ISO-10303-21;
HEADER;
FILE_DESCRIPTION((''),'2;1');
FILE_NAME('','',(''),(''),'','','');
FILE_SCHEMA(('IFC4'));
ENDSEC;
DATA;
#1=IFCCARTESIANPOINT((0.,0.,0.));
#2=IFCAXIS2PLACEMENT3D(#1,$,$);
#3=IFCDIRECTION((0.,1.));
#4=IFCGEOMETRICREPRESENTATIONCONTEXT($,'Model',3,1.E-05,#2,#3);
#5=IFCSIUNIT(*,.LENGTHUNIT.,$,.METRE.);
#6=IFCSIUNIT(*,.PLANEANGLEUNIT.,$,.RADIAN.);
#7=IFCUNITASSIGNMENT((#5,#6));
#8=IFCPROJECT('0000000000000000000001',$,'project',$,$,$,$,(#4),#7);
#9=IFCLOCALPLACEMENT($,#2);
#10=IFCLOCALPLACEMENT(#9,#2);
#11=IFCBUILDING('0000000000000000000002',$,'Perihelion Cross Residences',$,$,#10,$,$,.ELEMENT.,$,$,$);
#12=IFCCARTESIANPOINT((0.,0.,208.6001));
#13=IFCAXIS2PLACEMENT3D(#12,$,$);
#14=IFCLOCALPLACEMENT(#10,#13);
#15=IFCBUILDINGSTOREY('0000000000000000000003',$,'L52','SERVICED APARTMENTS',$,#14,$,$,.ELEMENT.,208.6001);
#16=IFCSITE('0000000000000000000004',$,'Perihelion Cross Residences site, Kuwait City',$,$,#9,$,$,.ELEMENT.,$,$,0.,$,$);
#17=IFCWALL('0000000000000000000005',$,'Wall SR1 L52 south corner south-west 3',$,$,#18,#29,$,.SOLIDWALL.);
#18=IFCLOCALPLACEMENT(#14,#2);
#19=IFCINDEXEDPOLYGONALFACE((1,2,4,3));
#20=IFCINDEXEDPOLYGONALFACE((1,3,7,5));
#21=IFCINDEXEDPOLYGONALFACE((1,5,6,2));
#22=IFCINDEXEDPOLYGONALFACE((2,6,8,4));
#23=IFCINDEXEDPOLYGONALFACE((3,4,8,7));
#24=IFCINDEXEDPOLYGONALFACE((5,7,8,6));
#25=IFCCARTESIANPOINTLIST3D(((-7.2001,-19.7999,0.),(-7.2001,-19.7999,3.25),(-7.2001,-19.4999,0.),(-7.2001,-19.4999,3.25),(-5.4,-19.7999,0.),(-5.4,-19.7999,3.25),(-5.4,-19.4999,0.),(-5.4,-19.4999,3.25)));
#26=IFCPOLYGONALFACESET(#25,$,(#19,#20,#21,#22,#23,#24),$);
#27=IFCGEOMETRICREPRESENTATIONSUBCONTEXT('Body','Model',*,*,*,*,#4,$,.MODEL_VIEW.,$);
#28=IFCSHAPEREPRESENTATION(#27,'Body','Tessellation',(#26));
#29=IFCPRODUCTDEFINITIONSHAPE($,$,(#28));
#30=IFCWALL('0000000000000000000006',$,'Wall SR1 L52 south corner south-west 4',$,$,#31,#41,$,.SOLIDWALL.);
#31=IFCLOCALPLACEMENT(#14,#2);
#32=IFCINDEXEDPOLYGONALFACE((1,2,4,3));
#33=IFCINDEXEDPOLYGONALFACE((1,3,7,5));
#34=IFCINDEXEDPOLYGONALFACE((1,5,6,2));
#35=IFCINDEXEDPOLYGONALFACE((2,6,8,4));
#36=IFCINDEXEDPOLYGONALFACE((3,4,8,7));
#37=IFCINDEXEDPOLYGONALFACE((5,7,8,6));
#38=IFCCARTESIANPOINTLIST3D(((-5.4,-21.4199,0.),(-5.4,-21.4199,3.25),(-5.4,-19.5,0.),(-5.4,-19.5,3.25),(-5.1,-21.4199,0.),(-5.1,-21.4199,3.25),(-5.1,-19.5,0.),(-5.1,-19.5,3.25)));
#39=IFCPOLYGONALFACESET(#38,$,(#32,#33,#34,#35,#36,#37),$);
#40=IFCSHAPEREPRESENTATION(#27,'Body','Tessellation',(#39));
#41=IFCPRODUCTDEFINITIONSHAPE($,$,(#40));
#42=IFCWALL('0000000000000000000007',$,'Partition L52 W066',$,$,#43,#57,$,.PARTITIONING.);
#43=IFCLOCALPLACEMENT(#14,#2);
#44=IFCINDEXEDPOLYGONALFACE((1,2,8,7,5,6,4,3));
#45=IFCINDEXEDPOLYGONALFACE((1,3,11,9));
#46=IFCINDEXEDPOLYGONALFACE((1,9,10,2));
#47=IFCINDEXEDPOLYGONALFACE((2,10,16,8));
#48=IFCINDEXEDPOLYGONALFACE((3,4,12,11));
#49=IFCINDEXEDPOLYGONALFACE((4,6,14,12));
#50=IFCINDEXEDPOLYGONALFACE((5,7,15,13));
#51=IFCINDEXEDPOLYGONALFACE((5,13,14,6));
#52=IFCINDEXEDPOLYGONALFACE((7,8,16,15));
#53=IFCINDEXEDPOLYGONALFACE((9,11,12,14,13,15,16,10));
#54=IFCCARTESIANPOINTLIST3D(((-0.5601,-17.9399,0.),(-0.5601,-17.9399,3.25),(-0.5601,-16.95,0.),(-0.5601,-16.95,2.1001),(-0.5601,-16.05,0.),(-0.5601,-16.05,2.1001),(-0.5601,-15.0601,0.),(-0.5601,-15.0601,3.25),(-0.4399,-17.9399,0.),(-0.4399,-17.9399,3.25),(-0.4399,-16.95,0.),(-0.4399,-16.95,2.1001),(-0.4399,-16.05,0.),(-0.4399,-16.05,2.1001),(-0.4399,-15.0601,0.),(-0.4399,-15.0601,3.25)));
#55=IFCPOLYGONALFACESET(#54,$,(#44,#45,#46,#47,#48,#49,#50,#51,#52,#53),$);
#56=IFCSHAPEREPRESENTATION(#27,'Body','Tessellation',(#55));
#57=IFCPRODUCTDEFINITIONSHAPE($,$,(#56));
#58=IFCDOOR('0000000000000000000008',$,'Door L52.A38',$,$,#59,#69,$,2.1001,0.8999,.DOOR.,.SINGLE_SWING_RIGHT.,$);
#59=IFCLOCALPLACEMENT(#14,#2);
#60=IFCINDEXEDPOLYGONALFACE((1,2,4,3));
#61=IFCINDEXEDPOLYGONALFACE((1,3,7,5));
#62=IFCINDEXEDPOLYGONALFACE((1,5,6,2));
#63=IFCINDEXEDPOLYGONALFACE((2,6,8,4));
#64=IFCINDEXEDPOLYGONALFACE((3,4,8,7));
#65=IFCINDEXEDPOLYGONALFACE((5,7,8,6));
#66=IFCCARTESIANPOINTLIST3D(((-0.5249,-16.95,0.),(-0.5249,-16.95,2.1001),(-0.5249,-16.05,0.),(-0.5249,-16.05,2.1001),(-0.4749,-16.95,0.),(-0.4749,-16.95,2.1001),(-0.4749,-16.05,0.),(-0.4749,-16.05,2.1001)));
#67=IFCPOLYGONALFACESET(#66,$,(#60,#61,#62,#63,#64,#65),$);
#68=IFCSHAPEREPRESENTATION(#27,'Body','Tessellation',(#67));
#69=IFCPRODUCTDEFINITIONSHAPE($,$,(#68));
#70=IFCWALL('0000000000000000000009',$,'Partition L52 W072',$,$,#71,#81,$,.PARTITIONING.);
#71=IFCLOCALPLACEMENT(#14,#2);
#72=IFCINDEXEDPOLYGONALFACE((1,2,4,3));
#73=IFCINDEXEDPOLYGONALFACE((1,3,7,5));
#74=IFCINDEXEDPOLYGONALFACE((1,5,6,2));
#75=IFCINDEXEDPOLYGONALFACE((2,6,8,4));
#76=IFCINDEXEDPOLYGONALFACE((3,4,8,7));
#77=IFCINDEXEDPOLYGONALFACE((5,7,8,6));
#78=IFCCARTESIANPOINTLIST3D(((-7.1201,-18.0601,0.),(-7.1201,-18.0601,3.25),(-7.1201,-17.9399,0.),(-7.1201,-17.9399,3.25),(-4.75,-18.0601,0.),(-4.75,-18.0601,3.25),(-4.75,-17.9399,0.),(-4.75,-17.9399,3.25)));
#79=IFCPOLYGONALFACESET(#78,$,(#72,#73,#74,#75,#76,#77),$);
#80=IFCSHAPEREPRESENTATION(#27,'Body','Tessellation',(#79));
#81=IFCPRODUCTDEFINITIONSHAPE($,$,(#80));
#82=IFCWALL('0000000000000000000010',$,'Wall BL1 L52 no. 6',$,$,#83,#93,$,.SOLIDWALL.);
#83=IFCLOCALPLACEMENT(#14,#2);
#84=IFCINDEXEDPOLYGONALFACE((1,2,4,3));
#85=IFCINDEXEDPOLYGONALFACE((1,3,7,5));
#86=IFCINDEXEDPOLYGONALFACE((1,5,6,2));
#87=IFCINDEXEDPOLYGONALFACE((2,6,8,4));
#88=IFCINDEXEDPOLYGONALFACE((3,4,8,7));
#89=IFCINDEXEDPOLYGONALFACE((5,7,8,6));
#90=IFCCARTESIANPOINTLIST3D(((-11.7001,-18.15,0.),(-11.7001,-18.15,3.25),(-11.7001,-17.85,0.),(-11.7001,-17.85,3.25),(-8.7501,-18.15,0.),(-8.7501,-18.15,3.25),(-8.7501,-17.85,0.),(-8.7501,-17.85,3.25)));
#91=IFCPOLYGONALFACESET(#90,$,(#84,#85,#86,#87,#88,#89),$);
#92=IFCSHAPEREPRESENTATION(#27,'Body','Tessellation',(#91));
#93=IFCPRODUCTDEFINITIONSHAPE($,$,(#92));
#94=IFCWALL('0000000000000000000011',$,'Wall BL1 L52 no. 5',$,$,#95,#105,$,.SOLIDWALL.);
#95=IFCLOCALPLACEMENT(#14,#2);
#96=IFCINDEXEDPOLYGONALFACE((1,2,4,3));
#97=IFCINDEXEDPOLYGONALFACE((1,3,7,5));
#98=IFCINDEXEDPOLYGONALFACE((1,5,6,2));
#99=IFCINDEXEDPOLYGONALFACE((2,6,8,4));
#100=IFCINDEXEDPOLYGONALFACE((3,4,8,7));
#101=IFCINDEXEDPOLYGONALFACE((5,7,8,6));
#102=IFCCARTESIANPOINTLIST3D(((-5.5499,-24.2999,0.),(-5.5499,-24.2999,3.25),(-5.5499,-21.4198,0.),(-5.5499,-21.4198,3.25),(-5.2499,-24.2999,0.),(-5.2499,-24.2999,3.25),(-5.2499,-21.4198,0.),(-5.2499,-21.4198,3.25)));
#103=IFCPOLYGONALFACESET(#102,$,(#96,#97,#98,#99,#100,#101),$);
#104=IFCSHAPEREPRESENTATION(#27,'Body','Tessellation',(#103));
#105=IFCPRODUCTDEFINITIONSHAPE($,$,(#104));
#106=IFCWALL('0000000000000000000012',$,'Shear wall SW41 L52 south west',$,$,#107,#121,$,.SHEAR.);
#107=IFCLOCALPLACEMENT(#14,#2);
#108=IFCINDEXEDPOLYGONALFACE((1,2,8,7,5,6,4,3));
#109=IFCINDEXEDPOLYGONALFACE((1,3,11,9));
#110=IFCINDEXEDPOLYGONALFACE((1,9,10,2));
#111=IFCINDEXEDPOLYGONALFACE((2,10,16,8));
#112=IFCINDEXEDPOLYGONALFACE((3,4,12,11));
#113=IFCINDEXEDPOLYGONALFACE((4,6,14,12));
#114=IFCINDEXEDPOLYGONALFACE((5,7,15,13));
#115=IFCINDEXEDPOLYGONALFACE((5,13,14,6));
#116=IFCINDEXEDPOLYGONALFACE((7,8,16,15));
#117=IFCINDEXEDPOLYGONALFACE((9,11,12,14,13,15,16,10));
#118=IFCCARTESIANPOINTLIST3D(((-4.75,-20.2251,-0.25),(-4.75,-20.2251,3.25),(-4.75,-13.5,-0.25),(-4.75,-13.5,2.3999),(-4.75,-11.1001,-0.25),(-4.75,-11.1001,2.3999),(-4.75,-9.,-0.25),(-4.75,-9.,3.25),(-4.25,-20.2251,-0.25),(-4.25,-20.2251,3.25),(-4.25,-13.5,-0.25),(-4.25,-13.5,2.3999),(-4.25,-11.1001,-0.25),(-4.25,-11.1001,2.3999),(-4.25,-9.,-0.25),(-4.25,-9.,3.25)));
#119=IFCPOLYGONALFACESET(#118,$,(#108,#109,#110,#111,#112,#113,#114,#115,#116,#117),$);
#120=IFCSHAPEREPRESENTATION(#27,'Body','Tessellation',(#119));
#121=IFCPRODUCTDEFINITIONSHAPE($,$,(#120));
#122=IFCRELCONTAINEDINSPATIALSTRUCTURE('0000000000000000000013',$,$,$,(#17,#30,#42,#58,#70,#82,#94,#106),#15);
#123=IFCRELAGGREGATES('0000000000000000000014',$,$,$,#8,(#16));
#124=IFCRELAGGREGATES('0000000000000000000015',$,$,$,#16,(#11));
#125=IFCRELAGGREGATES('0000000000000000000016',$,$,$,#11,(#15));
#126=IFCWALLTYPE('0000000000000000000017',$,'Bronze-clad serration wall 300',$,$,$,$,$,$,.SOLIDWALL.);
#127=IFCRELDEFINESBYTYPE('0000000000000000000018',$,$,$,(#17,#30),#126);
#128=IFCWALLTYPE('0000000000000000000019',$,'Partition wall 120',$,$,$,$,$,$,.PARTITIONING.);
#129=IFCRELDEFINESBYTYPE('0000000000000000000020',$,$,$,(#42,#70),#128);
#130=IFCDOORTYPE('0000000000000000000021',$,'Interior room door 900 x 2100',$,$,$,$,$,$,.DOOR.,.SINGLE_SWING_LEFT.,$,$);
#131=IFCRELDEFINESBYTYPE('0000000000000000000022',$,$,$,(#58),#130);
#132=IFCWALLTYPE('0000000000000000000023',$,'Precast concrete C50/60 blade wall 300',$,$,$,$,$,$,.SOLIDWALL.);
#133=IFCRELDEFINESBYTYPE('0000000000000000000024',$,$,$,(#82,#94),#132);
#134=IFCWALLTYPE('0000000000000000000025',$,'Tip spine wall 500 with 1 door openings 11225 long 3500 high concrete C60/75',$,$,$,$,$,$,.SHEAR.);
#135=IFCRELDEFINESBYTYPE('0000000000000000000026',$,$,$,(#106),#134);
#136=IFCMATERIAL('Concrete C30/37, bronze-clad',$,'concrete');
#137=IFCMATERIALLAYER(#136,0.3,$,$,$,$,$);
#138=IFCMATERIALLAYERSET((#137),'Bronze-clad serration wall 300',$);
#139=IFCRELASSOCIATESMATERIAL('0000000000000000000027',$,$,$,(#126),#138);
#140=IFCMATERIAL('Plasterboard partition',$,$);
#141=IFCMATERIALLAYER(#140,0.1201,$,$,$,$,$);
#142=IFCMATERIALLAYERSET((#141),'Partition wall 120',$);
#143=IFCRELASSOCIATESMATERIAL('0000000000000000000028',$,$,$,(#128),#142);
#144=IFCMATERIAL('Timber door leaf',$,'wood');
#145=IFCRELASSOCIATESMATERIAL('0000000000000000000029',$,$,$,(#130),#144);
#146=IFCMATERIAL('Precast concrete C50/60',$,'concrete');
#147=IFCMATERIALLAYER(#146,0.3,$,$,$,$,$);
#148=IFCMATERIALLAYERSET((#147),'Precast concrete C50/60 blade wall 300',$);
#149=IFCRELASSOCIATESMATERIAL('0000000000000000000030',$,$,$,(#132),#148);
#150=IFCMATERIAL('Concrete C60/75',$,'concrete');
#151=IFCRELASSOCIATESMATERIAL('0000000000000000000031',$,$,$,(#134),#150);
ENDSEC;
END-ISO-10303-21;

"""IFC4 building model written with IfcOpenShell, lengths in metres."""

from ifc_helpers import new_model, si_unit, direction, frame, frame_2d, origin, place, context, subcontext, project, spatial, polyline, rectangle, outline, extrude, material, layer, layer_set, material_profile, profile_set, type_object, element, fill, save


model = new_model("IFC4")

# Units and contexts
model_context = context("Model", 3, precision=1e-05, world=origin(), true_north=direction((0.0, 1.0)))
body_context = subcontext(model_context, "Body", "Model", "MODEL_VIEW")
ifc_project = project(units=[si_unit("LENGTHUNIT", "METRE"), si_unit("PLANEANGLEUNIT", "RADIAN")], contexts=[model_context])

# Site, building, storey
site_placement = place(None, origin())
site = spatial("IfcSite", under=ifc_project, at=site_placement, Name="Perihelion Cross Residences site, Kuwait City", CompositionType="ELEMENT", RefElevation=0.0)
building_placement = place(site_placement, origin())
building = spatial("IfcBuilding", under=site, at=building_placement, Name="Perihelion Cross Residences", CompositionType="ELEMENT")
storey_placement = place(building_placement, frame((0.0, 0.0, 208.6001)))
storey = spatial("IfcBuildingStorey", under=building, at=storey_placement, Name="L52", Description="SERVICED APARTMENTS", CompositionType="ELEMENT", Elevation=208.6001)

# Walls
ifc_material_1 = material(Name="Concrete C30/37, bronze-clad", Category="concrete")
ifc_layer_1 = layer(ifc_material_1, 0.3)
ifc_layer_set_1 = layer_set([ifc_layer_1], Name="Bronze-clad serration wall 300")
wall_type_1 = type_object("IfcWallType", Name="Bronze-clad serration wall 300", PredefinedType="SOLIDWALL", material=ifc_layer_set_1)
for number, where, z_axis, x_axis, name in (
    (1, (-7.2, -19.6499, 0.0), (0.0, 0.0, 1.0), (1.0, 0.0, 0.0), "Wall SR1 L52 south corner south-west 3"),
):
    element("IfcWall", number, at=place(storey_placement, frame(where, z_axis=z_axis, x_axis=x_axis)), inside=storey, type_object=wall_type_1, Name=name, PredefinedType="SOLIDWALL", context=body_context, shape_type="SweptSolid", body=[
        extrude(rectangle(XDim=1.8, YDim=0.3, at=frame_2d((0.8999, 0.0))), origin(), (0.0, 0.0, 1.0), 3.25),
    ])
wall_1_placement = place(storey_placement, frame((-5.25, -19.5, 0.0), z_axis=(0.0, 0.0, 1.0), x_axis=(0.0, -1.0, 0.0)))
element("IfcWall", 2, at=wall_1_placement, inside=storey, type_object=wall_type_1, Name="Wall SR1 L52 south corner south-west 4", PredefinedType="SOLIDWALL", context=body_context, shape_type="SweptSolid", body=[
    extrude(rectangle(XDim=1.9199, YDim=0.3, at=frame_2d((0.96, 0.0))), origin(), (0.0, 0.0, 1.0), 3.25),
])

# Wall, opening, door
ifc_material_2 = material(Name="Plasterboard partition")
ifc_layer_2 = layer(ifc_material_2, 0.1201)
ifc_layer_set_2 = layer_set([ifc_layer_2], Name="Partition wall 120")
wall_type_2 = type_object("IfcWallType", Name="Partition wall 120", PredefinedType="PARTITIONING", material=ifc_layer_set_2)
wall_2_placement = place(storey_placement, frame((-0.5, -17.9399, 0.0), z_axis=(0.0, 0.0, 1.0), x_axis=(0.0, 1.0, 0.0)))
wall_2 = element("IfcWall", 3, at=wall_2_placement, inside=storey, type_object=wall_type_2, Name="Partition L52 W066", PredefinedType="PARTITIONING", context=body_context, shape_type="SweptSolid", body=[
    extrude(rectangle(XDim=2.8799, YDim=0.1201, at=frame_2d((1.4399, 0.0))), origin(), (0.0, 0.0, 1.0), 3.25),
])
opening_1_placement = place(wall_2_placement, frame((0.99, 0.0, 0.0)))
opening_1 = element("IfcOpeningElement", 4, at=opening_1_placement, cuts=wall_2, PredefinedType="OPENING", context=body_context, shape_type="SweptSolid", body=[
    extrude(rectangle(XDim=0.8999, YDim=2.1001, at=frame_2d((0.45, 1.05))), frame((0.0, 0.0701, 0.0), z_axis=(0.0, -1.0, 0.0), x_axis=(1.0, 0.0, 0.0)), (0.0, 0.0, 1.0), 0.1401),
])
ifc_material_3 = material(Name="Timber door leaf", Category="wood")
door_type_1 = type_object("IfcDoorType", Name="Interior room door 900 x 2100", OperationType="SINGLE_SWING_LEFT", PredefinedType="DOOR", material=ifc_material_3)
door_1_placement = place(opening_1_placement, origin())
door_1 = element("IfcDoor", 5, at=door_1_placement, inside=storey, type_object=door_type_1, Name="Door L52.A38", OperationType="SINGLE_SWING_RIGHT", OverallHeight=2.1001, OverallWidth=0.8999, PredefinedType="DOOR", context=body_context, shape_type="SweptSolid", body=[
    extrude(rectangle(XDim=0.8999, YDim=2.1001, at=frame_2d((0.45, 1.05))), frame((0.0, 0.0249, 0.0), z_axis=(0.0, -1.0, 0.0), x_axis=(1.0, 0.0, 0.0)), (0.0, 0.0, 1.0), 0.05),
])
fill(opening_1, door_1)

# Walls
wall_3_placement = place(storey_placement, frame((-4.75, -18.0, 0.0), z_axis=(0.0, 0.0, 1.0), x_axis=(-1.0, 0.0, 0.0)))
element("IfcWall", 6, at=wall_3_placement, inside=storey, type_object=wall_type_2, Name="Partition L52 W072", PredefinedType="PARTITIONING", context=body_context, shape_type="SweptSolid", body=[
    extrude(rectangle(XDim=2.3701, YDim=0.1201, at=frame_2d((1.1851, 0.0))), origin(), (0.0, 0.0, 1.0), 3.25),
])
ifc_material_4 = material(Name="Precast concrete C50/60", Category="concrete")
ifc_layer_3 = layer(ifc_material_4, 0.3)
ifc_layer_set_3 = layer_set([ifc_layer_3], Name="Precast concrete C50/60 blade wall 300")
wall_type_3 = type_object("IfcWallType", Name="Precast concrete C50/60 blade wall 300", PredefinedType="SOLIDWALL", material=ifc_layer_set_3)
wall_4_placement = place(storey_placement, frame((-8.75, -18.0, 0.0), z_axis=(0.0, 0.0, 1.0), x_axis=(-1.0, 0.0, 0.0)))
element("IfcWall", 7, at=wall_4_placement, inside=storey, type_object=wall_type_3, Name="Wall BL1 L52 no. 6", PredefinedType="SOLIDWALL", context=body_context, shape_type="SweptSolid", body=[
    extrude(rectangle(XDim=2.95, YDim=0.3, at=frame_2d((1.4751, 0.0))), origin(), (0.0, 0.0, 1.0), 3.25),
])
wall_5_placement = place(storey_placement, frame((-5.3999, -21.4199, 0.0), z_axis=(0.0, 0.0, 1.0), x_axis=(0.0, -1.0, 0.0)))
element("IfcWall", 8, at=wall_5_placement, inside=storey, type_object=wall_type_3, Name="Wall BL1 L52 no. 5", PredefinedType="SOLIDWALL", context=body_context, shape_type="SweptSolid", body=[
    extrude(rectangle(XDim=2.8801, YDim=0.3, at=frame_2d((1.4399, 0.0))), origin(), (0.0, 0.0, 1.0), 3.25),
])
ifc_material_5 = material(Name="Concrete C60/75", Category="concrete")
ifc_material_profile_1 = material_profile(ifc_material_5, outline(polyline([(0.0, 0.0), (6.7251, 0.0), (6.7251, 2.6499), (9.125, 2.6499), (9.125, 0.0), (11.2251, 0.0), (11.2251, 3.5), (0.0, 3.5), (0.0, 0.0)])), Name="Tip spine wall")
ifc_profile_set_1 = profile_set([ifc_material_profile_1], Name="Concrete C60/75")
wall_type_4 = type_object("IfcWallType", Name="Tip spine wall 500 with 1 door openings 11225 long 3500 high concrete C60/75", PredefinedType="SHEAR", material=ifc_profile_set_1)
wall_6_placement = place(storey_placement, frame((-4.75, -20.2251, -0.25), z_axis=(1.0, 0.0, 0.0), x_axis=(0.0, 1.0, 0.0)))
element("IfcWall", 9, at=wall_6_placement, inside=storey, type_object=wall_type_4, Name="Shear wall SW41 L52 south west", PredefinedType="SHEAR", context=body_context, shape_type="SweptSolid", body=[
    extrude(outline(polyline([(0.0, 0.0), (6.7251, 0.0), (6.7251, 2.6499), (9.125, 2.6499), (9.125, 0.0), (11.2251, 0.0), (11.2251, 3.5), (0.0, 3.5), (0.0, 0.0)])), origin(), (0.0, 0.0, 1.0), 0.5),
])

save(model, "model.ifc")
